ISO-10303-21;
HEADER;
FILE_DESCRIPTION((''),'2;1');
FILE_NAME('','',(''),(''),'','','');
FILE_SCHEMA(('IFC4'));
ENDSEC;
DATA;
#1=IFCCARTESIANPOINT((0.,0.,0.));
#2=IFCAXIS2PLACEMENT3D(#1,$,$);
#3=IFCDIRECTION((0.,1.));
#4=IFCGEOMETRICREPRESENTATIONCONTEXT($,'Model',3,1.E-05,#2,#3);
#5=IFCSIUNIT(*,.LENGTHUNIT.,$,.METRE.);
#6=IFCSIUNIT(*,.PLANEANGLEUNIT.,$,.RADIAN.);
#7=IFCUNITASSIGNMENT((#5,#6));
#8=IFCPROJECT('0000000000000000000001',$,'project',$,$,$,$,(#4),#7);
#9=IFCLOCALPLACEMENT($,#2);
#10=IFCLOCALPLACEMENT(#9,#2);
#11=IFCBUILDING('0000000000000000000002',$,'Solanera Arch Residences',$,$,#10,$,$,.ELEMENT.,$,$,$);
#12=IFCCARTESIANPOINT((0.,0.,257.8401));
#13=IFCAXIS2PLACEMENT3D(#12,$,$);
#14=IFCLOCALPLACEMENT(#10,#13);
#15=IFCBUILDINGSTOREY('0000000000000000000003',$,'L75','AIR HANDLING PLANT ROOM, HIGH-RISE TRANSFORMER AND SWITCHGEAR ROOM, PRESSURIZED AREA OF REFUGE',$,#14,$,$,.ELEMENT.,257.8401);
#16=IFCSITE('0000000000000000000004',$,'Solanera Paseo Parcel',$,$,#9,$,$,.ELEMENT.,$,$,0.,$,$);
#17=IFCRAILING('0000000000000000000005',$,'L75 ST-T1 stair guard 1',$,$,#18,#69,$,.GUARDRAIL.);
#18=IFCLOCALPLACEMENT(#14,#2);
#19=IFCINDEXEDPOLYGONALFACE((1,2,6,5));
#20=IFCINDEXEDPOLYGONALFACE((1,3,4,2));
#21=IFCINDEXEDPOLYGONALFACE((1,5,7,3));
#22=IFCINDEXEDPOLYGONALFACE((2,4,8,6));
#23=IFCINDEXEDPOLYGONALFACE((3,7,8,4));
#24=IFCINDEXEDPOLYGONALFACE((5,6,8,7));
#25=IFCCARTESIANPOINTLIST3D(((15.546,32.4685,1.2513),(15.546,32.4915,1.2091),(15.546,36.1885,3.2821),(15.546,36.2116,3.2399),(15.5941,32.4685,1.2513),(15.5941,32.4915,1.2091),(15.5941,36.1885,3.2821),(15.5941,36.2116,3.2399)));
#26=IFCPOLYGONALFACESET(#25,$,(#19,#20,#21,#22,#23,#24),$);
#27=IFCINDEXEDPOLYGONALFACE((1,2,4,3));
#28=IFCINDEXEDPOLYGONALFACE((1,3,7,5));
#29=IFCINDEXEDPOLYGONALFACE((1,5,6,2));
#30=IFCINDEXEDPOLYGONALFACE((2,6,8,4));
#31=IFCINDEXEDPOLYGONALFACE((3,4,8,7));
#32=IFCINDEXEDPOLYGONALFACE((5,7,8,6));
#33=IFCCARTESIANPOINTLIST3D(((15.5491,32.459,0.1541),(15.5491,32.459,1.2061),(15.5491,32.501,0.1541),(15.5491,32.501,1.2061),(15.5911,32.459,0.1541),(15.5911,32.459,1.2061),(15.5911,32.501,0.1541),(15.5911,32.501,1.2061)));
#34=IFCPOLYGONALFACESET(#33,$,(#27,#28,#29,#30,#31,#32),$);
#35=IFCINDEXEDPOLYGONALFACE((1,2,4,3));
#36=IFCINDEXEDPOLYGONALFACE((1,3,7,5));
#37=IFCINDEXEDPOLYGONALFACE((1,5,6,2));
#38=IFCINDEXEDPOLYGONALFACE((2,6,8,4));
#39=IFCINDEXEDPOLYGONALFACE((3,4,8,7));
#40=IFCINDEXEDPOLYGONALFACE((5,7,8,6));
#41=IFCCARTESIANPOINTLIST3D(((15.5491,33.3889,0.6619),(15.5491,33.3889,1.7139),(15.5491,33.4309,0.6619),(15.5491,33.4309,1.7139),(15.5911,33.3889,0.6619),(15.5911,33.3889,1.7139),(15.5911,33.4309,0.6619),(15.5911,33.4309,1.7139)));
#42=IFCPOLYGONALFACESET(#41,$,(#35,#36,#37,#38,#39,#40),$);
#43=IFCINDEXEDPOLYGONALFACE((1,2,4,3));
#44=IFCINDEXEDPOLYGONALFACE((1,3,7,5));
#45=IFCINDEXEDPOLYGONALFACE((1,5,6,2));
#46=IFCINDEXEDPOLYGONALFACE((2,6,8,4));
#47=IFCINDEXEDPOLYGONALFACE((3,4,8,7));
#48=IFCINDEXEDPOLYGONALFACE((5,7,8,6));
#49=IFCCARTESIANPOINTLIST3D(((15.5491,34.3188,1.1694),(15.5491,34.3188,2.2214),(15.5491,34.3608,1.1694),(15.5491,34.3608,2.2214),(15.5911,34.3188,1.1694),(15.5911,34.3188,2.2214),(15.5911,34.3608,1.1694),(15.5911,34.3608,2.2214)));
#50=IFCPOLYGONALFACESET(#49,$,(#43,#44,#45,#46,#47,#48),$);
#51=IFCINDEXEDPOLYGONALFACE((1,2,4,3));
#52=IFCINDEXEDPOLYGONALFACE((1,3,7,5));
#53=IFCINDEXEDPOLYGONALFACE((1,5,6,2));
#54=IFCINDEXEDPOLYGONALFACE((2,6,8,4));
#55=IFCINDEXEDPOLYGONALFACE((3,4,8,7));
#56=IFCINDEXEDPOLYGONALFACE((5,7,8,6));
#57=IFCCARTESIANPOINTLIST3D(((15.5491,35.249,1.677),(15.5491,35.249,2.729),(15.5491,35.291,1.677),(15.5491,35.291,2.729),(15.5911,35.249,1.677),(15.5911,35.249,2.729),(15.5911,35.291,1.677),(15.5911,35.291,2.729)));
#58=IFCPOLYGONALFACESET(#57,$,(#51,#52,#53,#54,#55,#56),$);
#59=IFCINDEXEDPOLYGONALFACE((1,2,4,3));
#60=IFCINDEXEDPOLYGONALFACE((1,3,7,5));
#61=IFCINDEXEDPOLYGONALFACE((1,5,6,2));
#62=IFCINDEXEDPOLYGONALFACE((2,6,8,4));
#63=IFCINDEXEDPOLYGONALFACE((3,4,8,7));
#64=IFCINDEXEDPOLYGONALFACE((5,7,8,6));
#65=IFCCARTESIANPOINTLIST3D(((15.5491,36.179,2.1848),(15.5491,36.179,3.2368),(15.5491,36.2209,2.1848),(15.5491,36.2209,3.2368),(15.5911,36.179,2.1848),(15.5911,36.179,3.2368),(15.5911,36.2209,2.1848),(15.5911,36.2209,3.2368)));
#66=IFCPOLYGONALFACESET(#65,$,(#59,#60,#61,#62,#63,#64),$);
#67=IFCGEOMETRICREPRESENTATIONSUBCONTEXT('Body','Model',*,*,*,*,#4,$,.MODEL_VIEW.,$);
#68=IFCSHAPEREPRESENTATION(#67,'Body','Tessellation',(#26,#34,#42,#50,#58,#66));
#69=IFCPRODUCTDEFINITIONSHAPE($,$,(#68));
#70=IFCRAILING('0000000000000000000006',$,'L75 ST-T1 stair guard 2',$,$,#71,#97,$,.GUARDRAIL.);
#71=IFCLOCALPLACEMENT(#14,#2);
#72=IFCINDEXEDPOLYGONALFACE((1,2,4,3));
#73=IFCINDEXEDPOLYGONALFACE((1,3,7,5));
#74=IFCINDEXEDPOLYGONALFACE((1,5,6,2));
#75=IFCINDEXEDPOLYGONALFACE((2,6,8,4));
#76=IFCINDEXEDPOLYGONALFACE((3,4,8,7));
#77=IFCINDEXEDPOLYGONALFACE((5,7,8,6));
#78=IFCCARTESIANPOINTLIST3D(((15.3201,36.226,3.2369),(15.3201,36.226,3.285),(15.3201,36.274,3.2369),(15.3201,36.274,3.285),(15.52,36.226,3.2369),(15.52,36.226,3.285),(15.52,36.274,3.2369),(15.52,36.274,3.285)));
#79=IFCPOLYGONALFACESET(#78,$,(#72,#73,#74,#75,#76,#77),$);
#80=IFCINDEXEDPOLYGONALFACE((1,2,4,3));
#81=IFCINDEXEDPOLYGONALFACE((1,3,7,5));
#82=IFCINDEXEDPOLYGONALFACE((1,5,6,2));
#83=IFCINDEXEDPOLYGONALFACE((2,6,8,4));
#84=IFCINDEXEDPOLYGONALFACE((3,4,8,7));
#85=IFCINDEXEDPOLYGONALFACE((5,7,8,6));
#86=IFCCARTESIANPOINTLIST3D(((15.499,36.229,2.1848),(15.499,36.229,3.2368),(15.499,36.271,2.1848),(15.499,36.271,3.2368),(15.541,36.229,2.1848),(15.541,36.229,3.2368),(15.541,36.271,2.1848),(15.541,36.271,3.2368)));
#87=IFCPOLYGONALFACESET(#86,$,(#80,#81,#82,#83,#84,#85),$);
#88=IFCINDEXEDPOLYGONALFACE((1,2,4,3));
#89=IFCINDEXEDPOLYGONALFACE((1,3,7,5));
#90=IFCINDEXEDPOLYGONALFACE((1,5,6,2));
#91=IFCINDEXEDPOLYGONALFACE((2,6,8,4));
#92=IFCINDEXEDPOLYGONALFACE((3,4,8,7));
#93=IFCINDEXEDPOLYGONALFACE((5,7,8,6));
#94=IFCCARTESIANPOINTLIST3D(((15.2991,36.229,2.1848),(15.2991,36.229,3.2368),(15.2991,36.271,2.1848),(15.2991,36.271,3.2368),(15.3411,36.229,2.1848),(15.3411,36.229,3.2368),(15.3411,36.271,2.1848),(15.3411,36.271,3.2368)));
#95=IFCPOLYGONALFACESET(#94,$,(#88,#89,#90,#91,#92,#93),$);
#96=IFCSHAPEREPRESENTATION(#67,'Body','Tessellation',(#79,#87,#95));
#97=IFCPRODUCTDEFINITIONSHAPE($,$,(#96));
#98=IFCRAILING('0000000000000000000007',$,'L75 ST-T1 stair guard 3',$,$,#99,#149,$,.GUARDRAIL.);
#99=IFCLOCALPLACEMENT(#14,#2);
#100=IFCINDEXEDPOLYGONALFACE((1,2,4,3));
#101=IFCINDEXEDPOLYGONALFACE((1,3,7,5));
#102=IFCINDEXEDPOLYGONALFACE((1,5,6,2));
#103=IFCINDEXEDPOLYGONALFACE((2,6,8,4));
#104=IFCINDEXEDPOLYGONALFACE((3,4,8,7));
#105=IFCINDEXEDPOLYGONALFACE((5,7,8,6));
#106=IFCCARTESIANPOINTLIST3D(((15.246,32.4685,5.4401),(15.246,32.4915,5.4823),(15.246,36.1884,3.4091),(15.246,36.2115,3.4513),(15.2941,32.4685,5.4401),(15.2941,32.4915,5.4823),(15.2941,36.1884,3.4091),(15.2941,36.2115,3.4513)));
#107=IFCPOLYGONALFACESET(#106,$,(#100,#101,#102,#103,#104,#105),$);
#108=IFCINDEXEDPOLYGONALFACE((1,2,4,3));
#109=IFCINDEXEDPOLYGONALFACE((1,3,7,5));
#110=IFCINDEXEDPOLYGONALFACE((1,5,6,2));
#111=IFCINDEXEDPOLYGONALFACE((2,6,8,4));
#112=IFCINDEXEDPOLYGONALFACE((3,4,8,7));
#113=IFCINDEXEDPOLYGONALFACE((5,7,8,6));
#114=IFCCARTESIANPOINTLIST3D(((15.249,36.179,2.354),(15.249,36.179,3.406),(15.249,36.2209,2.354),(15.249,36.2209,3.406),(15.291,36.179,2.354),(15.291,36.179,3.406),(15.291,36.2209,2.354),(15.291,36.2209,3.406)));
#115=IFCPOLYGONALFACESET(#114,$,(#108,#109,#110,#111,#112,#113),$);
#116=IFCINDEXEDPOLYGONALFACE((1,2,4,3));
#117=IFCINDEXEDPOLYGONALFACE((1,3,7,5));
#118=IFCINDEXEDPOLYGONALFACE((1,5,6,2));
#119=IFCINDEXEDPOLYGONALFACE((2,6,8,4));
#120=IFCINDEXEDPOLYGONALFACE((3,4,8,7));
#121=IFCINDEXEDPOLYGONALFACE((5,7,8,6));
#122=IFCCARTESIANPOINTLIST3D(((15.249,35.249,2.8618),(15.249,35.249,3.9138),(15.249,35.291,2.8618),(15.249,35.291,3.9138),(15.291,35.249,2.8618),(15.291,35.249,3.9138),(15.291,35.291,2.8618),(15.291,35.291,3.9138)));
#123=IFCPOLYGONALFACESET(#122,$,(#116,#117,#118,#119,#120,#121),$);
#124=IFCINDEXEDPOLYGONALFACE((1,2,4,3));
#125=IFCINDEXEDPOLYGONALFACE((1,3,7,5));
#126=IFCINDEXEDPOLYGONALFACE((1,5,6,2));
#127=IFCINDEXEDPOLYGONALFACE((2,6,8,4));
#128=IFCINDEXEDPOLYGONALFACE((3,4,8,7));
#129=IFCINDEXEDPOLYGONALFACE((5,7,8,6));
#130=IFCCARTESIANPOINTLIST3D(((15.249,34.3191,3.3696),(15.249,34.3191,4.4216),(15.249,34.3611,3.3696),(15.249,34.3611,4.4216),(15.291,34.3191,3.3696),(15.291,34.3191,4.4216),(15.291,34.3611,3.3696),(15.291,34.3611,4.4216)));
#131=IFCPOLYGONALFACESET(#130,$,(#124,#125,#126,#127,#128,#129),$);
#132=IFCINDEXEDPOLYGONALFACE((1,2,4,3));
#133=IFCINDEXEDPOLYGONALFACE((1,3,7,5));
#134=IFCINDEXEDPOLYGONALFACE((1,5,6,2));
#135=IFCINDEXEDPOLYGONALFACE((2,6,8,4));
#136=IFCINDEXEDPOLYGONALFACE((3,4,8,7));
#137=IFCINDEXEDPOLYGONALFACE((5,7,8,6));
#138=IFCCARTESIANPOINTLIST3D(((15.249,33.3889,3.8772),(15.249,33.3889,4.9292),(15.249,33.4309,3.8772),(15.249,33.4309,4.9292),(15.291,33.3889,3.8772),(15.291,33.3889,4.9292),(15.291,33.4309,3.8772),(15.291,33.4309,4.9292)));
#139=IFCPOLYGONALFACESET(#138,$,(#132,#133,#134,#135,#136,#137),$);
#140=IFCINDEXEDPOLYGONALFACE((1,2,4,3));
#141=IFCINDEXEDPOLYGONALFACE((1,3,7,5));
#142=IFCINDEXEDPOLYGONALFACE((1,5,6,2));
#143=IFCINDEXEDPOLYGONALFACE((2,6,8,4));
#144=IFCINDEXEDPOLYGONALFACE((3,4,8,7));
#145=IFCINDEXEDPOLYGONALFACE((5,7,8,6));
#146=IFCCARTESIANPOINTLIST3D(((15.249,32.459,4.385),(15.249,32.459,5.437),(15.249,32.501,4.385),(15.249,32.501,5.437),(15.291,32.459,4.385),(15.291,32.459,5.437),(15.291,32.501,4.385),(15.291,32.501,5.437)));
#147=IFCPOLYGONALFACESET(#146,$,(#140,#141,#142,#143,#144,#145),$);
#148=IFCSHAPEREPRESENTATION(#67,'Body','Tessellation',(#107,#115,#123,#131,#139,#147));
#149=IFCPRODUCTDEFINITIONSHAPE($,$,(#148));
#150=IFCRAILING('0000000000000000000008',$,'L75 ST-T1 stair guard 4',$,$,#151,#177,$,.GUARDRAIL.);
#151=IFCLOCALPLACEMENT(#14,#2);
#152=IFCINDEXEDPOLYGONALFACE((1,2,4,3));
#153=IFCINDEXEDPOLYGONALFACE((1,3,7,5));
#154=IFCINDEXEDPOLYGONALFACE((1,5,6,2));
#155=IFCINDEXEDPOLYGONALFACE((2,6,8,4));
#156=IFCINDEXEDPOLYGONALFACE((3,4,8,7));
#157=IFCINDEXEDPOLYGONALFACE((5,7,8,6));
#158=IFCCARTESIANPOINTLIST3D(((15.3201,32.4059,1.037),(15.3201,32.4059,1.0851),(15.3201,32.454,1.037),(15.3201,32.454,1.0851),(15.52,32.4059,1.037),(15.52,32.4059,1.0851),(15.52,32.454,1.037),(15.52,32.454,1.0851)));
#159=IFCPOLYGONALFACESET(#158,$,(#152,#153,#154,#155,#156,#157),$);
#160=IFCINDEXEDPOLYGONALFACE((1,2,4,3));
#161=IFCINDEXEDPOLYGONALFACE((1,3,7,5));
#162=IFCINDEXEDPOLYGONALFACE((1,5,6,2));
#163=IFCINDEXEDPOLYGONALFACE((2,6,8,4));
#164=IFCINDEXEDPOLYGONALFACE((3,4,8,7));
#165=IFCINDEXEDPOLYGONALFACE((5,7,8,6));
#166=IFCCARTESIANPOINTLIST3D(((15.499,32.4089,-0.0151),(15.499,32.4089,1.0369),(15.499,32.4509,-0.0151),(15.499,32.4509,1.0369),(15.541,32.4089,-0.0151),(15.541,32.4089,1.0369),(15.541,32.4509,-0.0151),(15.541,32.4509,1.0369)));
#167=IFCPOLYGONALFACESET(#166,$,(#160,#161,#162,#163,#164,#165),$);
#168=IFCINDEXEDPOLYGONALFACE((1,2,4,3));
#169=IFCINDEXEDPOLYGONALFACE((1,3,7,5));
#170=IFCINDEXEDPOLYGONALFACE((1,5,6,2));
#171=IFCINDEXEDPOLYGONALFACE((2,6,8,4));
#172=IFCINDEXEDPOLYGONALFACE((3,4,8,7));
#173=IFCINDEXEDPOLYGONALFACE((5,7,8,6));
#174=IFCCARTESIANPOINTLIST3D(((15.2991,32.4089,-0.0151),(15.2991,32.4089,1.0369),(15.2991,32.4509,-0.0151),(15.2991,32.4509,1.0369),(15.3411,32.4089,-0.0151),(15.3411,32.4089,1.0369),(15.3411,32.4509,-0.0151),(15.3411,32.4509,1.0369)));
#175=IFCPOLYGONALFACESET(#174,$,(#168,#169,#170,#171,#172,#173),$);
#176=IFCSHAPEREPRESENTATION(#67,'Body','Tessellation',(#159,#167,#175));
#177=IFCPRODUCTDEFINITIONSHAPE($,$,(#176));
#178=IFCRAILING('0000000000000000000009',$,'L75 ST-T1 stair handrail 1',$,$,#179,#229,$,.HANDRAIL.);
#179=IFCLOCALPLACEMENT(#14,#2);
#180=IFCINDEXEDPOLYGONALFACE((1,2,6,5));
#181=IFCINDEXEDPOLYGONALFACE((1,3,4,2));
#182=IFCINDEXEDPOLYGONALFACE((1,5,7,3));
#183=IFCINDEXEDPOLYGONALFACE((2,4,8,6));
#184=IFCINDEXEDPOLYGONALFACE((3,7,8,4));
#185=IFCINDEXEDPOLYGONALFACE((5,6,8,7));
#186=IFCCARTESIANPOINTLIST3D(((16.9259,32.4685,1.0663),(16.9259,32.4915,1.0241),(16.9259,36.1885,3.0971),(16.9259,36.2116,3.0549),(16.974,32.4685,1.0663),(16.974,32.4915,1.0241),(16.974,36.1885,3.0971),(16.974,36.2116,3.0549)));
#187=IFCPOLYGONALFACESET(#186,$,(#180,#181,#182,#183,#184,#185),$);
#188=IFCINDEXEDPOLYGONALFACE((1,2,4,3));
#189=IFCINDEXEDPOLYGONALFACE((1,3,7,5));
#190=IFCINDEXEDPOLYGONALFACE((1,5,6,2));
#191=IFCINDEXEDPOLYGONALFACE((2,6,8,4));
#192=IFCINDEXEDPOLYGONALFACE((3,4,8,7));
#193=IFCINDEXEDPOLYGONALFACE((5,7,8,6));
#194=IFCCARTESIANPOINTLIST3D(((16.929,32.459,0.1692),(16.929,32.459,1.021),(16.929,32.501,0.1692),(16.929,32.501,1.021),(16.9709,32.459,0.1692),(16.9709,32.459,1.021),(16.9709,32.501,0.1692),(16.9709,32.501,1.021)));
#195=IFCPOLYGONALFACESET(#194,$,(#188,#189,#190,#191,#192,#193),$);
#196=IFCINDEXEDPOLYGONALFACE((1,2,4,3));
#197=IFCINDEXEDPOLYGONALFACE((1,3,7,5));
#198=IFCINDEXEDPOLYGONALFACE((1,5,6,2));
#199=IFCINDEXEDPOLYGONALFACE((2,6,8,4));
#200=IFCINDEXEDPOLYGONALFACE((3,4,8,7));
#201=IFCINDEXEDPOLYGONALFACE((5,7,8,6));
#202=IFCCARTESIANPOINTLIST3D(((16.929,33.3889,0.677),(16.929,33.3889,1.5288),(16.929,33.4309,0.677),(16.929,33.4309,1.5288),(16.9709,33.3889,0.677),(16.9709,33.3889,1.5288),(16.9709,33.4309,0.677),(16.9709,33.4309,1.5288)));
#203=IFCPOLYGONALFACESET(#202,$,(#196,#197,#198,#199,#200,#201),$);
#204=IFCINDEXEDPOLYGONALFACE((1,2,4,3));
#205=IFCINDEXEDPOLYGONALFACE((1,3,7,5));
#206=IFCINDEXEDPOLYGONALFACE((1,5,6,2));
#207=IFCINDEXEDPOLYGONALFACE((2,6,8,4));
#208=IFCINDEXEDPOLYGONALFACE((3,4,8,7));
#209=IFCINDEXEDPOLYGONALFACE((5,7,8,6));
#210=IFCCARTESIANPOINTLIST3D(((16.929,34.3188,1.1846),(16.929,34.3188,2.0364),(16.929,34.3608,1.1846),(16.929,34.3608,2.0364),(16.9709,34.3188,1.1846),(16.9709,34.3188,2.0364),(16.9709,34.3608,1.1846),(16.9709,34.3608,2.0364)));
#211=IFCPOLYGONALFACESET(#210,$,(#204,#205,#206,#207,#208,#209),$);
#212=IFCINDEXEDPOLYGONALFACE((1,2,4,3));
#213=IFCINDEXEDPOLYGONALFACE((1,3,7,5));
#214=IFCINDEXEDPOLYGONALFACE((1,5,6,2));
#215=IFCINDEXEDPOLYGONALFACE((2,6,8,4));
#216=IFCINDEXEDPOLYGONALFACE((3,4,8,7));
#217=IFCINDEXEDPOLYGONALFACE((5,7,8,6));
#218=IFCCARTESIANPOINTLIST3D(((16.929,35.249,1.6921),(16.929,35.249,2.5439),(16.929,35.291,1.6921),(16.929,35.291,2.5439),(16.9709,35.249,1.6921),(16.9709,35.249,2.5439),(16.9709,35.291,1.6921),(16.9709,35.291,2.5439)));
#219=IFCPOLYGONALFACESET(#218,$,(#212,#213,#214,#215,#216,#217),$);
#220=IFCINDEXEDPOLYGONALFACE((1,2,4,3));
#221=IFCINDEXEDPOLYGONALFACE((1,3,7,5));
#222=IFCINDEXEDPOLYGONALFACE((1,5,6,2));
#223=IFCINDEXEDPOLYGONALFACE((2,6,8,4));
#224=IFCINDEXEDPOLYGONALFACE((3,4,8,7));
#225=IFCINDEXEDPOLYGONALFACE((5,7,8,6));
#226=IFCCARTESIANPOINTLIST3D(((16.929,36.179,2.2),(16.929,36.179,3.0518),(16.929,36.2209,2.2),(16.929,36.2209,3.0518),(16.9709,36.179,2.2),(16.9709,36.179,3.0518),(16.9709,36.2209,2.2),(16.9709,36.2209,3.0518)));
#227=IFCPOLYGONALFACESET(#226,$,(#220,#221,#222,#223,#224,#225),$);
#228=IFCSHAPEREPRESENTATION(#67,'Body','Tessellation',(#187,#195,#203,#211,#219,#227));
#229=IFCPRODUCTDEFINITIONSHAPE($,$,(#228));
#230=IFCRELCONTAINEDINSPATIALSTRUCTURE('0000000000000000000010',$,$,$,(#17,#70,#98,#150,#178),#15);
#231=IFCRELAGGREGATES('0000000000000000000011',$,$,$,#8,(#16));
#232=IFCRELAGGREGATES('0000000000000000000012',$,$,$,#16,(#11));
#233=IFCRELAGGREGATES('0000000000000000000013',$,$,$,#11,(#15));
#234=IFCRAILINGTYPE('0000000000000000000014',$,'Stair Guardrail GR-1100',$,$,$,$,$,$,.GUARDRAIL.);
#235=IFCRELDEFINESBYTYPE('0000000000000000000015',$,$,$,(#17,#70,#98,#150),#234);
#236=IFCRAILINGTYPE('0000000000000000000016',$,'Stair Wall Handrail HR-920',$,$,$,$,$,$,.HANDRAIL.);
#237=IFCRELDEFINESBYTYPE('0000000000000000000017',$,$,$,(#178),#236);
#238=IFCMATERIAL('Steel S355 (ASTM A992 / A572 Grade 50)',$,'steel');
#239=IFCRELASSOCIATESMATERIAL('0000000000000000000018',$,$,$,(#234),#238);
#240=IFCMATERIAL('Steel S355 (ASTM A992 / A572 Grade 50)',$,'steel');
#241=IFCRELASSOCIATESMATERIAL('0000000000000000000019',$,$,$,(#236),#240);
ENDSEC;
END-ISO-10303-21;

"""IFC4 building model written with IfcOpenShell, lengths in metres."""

from ifc_helpers import new_model, si_unit, direction, frame, origin, origin_2d, place, context, subcontext, project, spatial, rectangle, extrude, material, type_object, element, save


model = new_model("IFC4")

# Units and contexts
model_context = context("Model", 3, precision=1e-05, world=origin(), true_north=direction((0.0, 1.0)))
body_context = subcontext(model_context, "Body", "Model", "MODEL_VIEW")
ifc_project = project(units=[si_unit("LENGTHUNIT", "METRE"), si_unit("PLANEANGLEUNIT", "RADIAN")], contexts=[model_context])

# Site, building, storey
site_placement = place(None, origin())
site = spatial("IfcSite", under=ifc_project, at=site_placement, Name="Solanera Paseo Parcel", CompositionType="ELEMENT", RefElevation=0.0)
building_placement = place(site_placement, origin())
building = spatial("IfcBuilding", under=site, at=building_placement, Name="Solanera Arch Residences", CompositionType="ELEMENT")
storey_placement = place(building_placement, frame((0.0, 0.0, 257.8401)))
storey = spatial("IfcBuildingStorey", under=building, at=storey_placement, Name="L75", Description="AIR HANDLING PLANT ROOM, HIGH-RISE TRANSFORMER AND SWITCHGEAR ROOM, PRESSURIZED AREA OF REFUGE", CompositionType="ELEMENT", Elevation=257.8401)

# Railings
ifc_material_1 = material(Name="Steel S355 (ASTM A992 / A572 Grade 50)", Category="steel")
railing_type_1 = type_object("IfcRailingType", Name="Stair Guardrail GR-1100", PredefinedType="GUARDRAIL", material=ifc_material_1)
railing_1_placement = place(storey_placement, frame((15.5701, 32.48, 0.1541)))
element("IfcRailing", 1, at=railing_1_placement, inside=storey, type_object=railing_type_1, Name="L75 ST-T1 stair guard 1", PredefinedType="GUARDRAIL", context=body_context, shape_type="SweptSolid", body=[
    extrude(rectangle(XDim=0.0481, YDim=0.0481, at=origin_2d()), frame((0.0, 0.0, 1.0762), z_axis=(0.0, 0.877728, 0.479159), x_axis=(-1.0, 0.0, 0.0)), (0.0, 0.0, 1.0), 4.2383),
    extrude(rectangle(XDim=0.042, YDim=0.042, at=origin_2d()), origin(), (0.0, 0.0, 1.0), 1.052),
    extrude(rectangle(XDim=0.042, YDim=0.042, at=origin_2d()), frame((0.0, 0.9299, 0.5078)), (0.0, 0.0, 1.0), 1.052),
    extrude(rectangle(XDim=0.042, YDim=0.042, at=origin_2d()), frame((0.0, 1.8599, 1.0154)), (0.0, 0.0, 1.0), 1.052),
    extrude(rectangle(XDim=0.042, YDim=0.042, at=origin_2d()), frame((0.0, 2.79, 1.5229)), (0.0, 0.0, 1.0), 1.052),
    extrude(rectangle(XDim=0.042, YDim=0.042, at=origin_2d()), frame((0.0, 3.72, 2.0308)), (0.0, 0.0, 1.0), 1.052),
])
railing_2_placement = place(storey_placement, frame((15.52, 36.25, 2.1848)))
element("IfcRailing", 2, at=railing_2_placement, inside=storey, type_object=railing_type_1, Name="L75 ST-T1 stair guard 2", PredefinedType="GUARDRAIL", context=body_context, shape_type="SweptSolid", body=[
    extrude(rectangle(XDim=0.0481, YDim=0.0481, at=origin_2d()), frame((0.0, 0.0, 1.0762), z_axis=(-1.0, 0.0, 0.0), x_axis=(0.0, -1.0, 0.0)), (0.0, 0.0, 1.0), 0.2),
    extrude(rectangle(XDim=0.042, YDim=0.042, at=origin_2d()), origin(), (0.0, 0.0, 1.0), 1.052),
    extrude(rectangle(XDim=0.042, YDim=0.042, at=origin_2d()), frame((-0.2, 0.0, 0.0)), (0.0, 0.0, 1.0), 1.052),
])
railing_3_placement = place(storey_placement, frame((15.27, 36.2, 2.354)))
element("IfcRailing", 3, at=railing_3_placement, inside=storey, type_object=railing_type_1, Name="L75 ST-T1 stair guard 3", PredefinedType="GUARDRAIL", context=body_context, shape_type="SweptSolid", body=[
    extrude(rectangle(XDim=0.0481, YDim=0.0481, at=origin_2d()), frame((0.0, 0.0, 1.0762), z_axis=(0.0, -0.877704, 0.479203), x_axis=(1.0, 0.0, 0.0)), (0.0, 0.0, 1.0), 4.2383),
    extrude(rectangle(XDim=0.042, YDim=0.042, at=origin_2d()), origin(), (0.0, 0.0, 1.0), 1.052),
    extrude(rectangle(XDim=0.042, YDim=0.042, at=origin_2d()), frame((0.0, -0.9299, 0.5078)), (0.0, 0.0, 1.0), 1.052),
    extrude(rectangle(XDim=0.042, YDim=0.042, at=origin_2d()), frame((0.0, -1.8599, 1.0156)), (0.0, 0.0, 1.0), 1.052),
    extrude(rectangle(XDim=0.042, YDim=0.042, at=origin_2d()), frame((0.0, -2.79, 1.5232)), (0.0, 0.0, 1.0), 1.052),
    extrude(rectangle(XDim=0.042, YDim=0.042, at=origin_2d()), frame((0.0, -3.72, 2.031)), (0.0, 0.0, 1.0), 1.052),
])
railing_4_placement = place(storey_placement, frame((15.52, 32.4299, -0.0151)))
element("IfcRailing", 4, at=railing_4_placement, inside=storey, type_object=railing_type_1, Name="L75 ST-T1 stair guard 4", PredefinedType="GUARDRAIL", context=body_context, shape_type="SweptSolid", body=[
    extrude(rectangle(XDim=0.0481, YDim=0.0481, at=origin_2d()), frame((0.0, 0.0, 1.0762), z_axis=(-1.0, 0.0, 0.0), x_axis=(0.0, -1.0, 0.0)), (0.0, 0.0, 1.0), 0.2),
    extrude(rectangle(XDim=0.042, YDim=0.042, at=origin_2d()), origin(), (0.0, 0.0, 1.0), 1.052),
    extrude(rectangle(XDim=0.042, YDim=0.042, at=origin_2d()), frame((-0.2, 0.0, 0.0)), (0.0, 0.0, 1.0), 1.052),
])
ifc_material_2 = material(Name="Steel S355 (ASTM A992 / A572 Grade 50)", Category="steel")
railing_type_2 = type_object("IfcRailingType", Name="Stair Wall Handrail HR-920", PredefinedType="HANDRAIL", material=ifc_material_2)
railing_5_placement = place(storey_placement, frame((16.95, 32.48, 0.1692)))
element("IfcRailing", 5, at=railing_5_placement, inside=storey, type_object=railing_type_2, Name="L75 ST-T1 stair handrail 1", PredefinedType="HANDRAIL", context=body_context, shape_type="SweptSolid", body=[
    extrude(rectangle(XDim=0.0481, YDim=0.0481, at=origin_2d()), frame((0.0, 0.0, 0.876), z_axis=(0.0, 0.877728, 0.479159), x_axis=(-1.0, 0.0, 0.0)), (0.0, 0.0, 1.0), 4.2383),
    extrude(rectangle(XDim=0.042, YDim=0.042, at=origin_2d()), origin(), (0.0, 0.0, 1.0), 0.8518),
    extrude(rectangle(XDim=0.042, YDim=0.042, at=origin_2d()), frame((0.0, 0.9299, 0.5078)), (0.0, 0.0, 1.0), 0.8518),
    extrude(rectangle(XDim=0.042, YDim=0.042, at=origin_2d()), frame((0.0, 1.8599, 1.0154)), (0.0, 0.0, 1.0), 0.8518),
    extrude(rectangle(XDim=0.042, YDim=0.042, at=origin_2d()), frame((0.0, 2.79, 1.5229)), (0.0, 0.0, 1.0), 0.8518),
    extrude(rectangle(XDim=0.042, YDim=0.042, at=origin_2d()), frame((0.0, 3.72, 2.0308)), (0.0, 0.0, 1.0), 0.8518),
])

save(model, "model.ifc")
